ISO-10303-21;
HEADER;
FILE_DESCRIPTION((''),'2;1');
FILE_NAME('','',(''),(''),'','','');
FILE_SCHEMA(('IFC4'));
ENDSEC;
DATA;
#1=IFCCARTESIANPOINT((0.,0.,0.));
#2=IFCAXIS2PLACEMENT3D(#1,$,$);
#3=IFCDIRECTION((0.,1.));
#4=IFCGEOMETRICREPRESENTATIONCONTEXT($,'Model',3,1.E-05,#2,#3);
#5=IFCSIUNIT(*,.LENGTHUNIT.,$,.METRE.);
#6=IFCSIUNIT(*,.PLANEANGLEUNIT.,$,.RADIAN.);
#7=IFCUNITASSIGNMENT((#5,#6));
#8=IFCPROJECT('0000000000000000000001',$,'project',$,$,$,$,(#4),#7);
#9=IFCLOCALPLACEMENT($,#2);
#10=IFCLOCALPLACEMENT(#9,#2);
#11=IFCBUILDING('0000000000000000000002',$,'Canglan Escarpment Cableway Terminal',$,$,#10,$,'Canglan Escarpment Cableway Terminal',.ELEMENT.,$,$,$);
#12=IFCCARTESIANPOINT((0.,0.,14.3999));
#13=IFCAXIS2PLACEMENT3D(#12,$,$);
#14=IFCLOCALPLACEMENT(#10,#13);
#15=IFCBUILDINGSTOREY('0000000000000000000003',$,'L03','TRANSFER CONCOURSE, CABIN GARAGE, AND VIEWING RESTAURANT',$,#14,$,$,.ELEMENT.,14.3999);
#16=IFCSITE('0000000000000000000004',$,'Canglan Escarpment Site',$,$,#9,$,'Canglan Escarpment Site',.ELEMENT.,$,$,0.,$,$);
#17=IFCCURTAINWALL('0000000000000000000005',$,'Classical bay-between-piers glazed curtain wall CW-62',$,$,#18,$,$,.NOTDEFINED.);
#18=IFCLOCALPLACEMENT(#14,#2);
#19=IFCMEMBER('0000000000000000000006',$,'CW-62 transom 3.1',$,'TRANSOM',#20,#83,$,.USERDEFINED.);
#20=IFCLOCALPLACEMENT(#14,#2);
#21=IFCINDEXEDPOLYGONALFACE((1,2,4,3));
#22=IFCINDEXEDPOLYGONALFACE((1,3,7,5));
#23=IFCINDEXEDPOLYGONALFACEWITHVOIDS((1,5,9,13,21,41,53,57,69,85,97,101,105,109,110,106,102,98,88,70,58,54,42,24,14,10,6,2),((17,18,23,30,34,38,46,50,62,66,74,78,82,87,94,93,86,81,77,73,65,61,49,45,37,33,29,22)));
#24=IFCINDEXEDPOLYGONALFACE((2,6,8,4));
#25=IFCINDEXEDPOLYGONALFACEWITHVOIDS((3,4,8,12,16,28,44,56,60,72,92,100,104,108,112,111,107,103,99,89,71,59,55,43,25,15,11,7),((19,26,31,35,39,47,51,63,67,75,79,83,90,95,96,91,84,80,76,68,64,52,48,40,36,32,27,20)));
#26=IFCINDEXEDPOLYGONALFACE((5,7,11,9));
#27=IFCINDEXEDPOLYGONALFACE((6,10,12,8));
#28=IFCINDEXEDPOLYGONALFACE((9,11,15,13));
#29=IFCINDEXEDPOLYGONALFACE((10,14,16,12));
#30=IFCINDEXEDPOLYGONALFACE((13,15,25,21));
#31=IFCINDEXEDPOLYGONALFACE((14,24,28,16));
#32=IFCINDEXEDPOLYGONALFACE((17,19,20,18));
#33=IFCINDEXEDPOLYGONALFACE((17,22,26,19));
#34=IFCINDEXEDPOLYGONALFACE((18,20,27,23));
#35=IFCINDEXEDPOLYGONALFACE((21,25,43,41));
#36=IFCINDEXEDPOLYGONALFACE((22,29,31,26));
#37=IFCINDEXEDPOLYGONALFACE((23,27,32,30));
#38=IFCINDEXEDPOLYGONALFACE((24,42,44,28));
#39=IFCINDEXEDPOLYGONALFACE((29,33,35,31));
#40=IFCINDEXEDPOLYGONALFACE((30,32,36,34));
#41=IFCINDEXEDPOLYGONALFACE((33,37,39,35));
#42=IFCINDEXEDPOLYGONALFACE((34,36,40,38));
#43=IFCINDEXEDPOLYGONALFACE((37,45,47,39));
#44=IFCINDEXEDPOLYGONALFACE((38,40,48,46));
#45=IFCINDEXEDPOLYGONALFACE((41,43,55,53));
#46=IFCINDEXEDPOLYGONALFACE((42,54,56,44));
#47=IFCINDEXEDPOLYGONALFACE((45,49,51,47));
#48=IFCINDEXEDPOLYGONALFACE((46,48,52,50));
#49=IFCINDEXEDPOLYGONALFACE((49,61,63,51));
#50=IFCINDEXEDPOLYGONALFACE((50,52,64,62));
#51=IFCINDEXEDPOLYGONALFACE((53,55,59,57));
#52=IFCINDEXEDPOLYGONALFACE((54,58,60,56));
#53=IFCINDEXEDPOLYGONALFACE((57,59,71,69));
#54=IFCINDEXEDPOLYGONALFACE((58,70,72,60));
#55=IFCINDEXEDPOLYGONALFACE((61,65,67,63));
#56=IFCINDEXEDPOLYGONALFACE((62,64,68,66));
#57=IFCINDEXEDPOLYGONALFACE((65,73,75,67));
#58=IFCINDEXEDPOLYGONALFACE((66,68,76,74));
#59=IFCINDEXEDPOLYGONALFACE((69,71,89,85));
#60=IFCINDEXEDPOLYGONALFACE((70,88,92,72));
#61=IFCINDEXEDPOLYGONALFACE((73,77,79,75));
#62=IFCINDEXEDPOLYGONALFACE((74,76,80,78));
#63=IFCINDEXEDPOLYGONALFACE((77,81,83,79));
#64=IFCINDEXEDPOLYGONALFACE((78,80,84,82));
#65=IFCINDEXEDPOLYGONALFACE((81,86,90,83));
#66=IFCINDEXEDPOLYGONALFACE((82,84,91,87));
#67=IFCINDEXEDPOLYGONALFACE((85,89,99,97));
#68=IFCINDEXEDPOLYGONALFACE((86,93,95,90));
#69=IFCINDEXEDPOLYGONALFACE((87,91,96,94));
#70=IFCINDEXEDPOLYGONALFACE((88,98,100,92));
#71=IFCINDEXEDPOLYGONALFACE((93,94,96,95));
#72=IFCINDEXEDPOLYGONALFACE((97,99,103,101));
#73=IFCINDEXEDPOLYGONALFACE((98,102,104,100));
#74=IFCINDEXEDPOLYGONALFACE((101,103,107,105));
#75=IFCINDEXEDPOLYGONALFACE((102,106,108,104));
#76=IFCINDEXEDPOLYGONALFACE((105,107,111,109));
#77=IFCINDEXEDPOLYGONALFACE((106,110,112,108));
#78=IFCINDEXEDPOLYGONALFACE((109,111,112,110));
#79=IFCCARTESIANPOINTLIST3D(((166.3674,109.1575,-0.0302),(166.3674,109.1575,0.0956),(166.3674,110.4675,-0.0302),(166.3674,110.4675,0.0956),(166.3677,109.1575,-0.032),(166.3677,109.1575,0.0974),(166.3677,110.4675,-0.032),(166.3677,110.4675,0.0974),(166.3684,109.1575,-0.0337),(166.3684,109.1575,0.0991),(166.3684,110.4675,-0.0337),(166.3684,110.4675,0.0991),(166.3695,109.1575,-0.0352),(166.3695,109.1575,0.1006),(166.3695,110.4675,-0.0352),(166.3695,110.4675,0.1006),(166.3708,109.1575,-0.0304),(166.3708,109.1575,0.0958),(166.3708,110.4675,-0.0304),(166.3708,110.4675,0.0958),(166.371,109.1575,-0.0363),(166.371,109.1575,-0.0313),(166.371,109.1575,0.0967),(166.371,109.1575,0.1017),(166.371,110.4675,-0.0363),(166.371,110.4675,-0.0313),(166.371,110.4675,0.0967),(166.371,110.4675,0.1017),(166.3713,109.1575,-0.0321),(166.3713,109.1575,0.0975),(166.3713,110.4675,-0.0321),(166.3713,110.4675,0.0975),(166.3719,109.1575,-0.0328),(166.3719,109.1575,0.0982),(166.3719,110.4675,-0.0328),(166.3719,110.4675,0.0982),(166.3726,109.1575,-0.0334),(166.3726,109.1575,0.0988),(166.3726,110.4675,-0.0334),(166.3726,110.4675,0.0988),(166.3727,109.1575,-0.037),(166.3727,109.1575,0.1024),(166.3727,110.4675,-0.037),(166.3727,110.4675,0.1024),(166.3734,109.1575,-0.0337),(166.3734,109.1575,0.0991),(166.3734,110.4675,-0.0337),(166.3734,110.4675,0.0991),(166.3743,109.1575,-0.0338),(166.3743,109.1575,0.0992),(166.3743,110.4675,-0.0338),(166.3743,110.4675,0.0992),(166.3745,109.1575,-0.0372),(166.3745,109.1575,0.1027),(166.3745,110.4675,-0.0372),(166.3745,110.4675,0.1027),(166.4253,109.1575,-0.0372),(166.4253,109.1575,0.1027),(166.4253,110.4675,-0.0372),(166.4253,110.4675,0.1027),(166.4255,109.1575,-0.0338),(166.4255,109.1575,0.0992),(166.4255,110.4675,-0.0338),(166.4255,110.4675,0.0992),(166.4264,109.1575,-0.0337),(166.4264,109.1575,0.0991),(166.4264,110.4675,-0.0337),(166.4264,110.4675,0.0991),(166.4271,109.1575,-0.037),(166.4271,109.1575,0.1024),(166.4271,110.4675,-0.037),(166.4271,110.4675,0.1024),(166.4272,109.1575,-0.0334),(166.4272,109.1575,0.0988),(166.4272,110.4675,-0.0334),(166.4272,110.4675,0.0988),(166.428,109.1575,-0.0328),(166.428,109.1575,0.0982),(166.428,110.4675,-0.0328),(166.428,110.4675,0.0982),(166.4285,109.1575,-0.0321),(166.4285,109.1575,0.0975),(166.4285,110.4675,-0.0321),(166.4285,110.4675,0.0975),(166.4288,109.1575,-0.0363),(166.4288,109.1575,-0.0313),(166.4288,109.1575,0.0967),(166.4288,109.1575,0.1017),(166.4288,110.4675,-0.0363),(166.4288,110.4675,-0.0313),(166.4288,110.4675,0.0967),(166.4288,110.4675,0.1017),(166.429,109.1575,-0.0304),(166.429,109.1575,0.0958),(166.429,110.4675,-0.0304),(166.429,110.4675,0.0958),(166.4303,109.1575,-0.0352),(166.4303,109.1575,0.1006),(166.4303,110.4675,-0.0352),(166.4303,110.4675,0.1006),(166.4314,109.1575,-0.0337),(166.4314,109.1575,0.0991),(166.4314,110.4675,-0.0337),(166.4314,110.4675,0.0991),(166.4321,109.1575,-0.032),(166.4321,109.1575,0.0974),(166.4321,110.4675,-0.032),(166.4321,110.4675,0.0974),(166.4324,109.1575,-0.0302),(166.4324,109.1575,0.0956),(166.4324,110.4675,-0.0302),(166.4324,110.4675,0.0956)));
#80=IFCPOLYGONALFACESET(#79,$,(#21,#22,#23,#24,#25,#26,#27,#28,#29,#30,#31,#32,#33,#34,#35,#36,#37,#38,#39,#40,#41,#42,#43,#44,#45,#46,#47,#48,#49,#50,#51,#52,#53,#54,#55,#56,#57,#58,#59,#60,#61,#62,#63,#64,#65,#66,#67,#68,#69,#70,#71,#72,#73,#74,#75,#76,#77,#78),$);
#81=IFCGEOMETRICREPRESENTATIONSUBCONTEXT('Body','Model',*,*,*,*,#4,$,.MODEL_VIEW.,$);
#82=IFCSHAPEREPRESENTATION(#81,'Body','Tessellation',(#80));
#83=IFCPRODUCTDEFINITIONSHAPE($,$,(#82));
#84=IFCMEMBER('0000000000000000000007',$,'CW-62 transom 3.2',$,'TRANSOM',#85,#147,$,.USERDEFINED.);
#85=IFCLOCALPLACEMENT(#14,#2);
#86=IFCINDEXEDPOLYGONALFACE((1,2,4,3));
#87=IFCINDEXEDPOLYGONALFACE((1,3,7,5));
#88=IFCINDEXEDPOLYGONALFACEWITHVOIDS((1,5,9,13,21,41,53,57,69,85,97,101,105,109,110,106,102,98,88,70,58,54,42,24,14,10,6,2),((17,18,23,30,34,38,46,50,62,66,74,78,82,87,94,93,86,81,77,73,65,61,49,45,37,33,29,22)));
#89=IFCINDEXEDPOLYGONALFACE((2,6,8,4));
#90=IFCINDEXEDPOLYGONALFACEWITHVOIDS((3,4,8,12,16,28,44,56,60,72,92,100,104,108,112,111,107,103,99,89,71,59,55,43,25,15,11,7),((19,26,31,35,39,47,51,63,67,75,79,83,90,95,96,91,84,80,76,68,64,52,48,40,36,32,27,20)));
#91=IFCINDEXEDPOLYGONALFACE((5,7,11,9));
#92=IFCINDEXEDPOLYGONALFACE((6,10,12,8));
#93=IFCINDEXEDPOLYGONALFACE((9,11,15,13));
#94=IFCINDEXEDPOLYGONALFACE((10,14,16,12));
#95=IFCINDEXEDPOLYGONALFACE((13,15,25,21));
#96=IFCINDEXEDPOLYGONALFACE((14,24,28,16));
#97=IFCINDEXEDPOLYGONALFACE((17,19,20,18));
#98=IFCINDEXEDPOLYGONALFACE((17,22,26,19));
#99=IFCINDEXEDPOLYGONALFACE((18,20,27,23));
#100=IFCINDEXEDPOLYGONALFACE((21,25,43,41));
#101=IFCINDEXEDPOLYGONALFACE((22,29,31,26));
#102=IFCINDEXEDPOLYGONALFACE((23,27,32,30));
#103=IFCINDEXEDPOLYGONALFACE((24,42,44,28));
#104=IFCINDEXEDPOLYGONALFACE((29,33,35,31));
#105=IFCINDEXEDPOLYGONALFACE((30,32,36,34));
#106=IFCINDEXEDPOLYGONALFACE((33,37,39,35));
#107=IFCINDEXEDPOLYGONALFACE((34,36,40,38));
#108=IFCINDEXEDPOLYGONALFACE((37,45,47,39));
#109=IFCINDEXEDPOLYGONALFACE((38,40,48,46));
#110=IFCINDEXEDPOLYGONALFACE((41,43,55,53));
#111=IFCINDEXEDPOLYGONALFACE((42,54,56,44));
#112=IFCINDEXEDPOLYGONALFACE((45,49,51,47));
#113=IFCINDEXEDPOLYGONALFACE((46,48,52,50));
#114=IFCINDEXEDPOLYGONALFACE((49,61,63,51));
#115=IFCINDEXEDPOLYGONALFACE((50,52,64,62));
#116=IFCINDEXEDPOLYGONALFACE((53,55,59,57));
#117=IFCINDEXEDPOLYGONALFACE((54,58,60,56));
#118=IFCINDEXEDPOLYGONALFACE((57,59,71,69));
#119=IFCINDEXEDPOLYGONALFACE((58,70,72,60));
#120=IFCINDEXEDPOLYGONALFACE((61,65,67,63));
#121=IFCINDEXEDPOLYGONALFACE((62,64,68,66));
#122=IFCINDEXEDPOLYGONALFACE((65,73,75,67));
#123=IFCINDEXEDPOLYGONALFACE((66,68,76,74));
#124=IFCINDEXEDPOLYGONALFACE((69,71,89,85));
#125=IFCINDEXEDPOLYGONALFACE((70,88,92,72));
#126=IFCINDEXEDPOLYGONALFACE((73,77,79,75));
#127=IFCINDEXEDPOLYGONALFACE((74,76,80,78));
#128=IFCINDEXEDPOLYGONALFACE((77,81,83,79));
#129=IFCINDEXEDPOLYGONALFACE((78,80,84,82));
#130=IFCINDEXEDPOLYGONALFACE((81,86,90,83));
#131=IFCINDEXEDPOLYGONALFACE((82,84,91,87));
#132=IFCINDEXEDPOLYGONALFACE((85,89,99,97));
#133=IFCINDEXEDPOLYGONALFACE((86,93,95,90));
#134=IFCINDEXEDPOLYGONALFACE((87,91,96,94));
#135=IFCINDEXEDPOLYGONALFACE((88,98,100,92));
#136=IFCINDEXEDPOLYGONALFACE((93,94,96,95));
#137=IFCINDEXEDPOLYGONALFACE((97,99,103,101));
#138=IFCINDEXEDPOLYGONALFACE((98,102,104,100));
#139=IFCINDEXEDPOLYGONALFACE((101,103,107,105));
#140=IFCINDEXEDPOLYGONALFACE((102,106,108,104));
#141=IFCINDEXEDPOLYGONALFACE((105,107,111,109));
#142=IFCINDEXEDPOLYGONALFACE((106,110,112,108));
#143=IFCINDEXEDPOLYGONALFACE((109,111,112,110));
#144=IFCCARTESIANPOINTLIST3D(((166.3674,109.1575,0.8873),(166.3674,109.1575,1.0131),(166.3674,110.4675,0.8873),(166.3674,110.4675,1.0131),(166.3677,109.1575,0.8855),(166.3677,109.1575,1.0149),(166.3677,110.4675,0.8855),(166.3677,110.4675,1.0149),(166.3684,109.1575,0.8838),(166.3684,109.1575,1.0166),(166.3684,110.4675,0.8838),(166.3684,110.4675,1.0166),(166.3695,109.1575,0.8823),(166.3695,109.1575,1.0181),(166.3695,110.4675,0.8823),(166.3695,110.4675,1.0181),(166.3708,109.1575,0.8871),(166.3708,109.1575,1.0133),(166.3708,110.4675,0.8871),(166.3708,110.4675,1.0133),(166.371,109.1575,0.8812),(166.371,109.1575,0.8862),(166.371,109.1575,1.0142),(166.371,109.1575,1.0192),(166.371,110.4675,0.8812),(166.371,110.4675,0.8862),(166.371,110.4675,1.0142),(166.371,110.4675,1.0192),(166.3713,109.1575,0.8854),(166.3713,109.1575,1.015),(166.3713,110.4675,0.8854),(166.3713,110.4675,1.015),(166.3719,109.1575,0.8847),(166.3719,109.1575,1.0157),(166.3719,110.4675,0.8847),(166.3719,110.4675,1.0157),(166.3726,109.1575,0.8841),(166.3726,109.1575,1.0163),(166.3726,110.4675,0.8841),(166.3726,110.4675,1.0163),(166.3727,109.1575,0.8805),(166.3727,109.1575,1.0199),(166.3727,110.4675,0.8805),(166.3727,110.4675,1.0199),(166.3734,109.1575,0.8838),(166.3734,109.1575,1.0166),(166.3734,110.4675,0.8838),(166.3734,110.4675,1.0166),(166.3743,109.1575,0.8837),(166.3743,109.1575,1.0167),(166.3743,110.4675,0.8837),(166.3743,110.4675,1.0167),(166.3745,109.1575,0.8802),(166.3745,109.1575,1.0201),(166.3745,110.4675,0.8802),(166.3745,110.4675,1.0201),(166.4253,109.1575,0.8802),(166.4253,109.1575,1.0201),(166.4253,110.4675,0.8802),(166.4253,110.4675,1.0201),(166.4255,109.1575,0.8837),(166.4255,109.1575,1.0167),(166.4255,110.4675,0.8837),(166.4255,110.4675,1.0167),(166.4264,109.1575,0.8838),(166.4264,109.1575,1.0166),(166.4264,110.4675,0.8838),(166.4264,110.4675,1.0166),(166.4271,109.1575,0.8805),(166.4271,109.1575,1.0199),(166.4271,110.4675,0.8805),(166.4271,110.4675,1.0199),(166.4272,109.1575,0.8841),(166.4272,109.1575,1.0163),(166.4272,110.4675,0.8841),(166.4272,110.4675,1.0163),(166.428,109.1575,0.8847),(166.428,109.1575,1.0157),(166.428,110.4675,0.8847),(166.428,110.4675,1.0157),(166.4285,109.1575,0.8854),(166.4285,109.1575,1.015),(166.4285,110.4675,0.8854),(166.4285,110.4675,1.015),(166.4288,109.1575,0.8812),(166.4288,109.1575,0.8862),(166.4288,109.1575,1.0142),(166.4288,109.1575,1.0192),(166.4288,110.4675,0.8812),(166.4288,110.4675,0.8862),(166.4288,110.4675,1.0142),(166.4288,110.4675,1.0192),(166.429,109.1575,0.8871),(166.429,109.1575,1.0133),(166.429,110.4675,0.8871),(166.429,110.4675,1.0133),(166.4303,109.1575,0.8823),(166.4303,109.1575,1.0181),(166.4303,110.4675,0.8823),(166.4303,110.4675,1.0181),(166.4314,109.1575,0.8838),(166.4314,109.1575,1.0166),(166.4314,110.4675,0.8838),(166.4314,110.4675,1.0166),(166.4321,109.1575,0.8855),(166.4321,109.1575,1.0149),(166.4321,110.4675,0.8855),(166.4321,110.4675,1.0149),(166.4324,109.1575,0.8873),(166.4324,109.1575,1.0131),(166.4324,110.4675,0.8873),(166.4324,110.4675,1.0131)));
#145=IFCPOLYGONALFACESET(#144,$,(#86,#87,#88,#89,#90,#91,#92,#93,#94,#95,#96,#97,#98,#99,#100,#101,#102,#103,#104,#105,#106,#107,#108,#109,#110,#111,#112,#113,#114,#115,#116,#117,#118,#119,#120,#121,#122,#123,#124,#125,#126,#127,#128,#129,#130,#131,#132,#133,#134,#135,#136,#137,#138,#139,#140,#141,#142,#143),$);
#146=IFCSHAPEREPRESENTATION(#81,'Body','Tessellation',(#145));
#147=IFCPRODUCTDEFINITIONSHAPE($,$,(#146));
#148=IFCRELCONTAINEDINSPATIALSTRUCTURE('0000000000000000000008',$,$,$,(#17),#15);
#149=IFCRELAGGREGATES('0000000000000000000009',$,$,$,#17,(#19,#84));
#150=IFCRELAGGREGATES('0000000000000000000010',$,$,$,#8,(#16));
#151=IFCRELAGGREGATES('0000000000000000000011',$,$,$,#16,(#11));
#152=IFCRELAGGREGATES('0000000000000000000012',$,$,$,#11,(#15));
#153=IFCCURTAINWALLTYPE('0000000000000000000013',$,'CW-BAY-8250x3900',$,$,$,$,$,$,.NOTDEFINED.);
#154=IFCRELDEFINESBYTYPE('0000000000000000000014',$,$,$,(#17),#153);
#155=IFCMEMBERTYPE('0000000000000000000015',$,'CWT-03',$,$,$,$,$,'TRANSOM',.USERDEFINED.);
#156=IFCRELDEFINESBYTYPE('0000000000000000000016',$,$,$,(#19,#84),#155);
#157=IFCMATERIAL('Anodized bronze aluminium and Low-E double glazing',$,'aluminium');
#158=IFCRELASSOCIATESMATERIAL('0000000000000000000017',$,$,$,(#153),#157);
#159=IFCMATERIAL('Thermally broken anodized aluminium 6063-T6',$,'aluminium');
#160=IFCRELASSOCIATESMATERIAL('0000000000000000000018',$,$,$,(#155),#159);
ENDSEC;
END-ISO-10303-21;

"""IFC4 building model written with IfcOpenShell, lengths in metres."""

from ifc_helpers import new_model, si_unit, direction, frame, origin, origin_2d, place, context, subcontext, project, spatial, hollow_rectangle, extrude, material, material_profile, profile_set, type_object, element, aggregate, save


model = new_model("IFC4")

# Units and contexts
model_context = context("Model", 3, precision=1e-05, world=origin(), true_north=direction((0.0, 1.0)))
body_context = subcontext(model_context, "Body", "Model", "MODEL_VIEW")
ifc_project = project(units=[si_unit("LENGTHUNIT", "METRE"), si_unit("PLANEANGLEUNIT", "RADIAN")], contexts=[model_context])

# Site, building, storey
site_placement = place(None, origin())
site = spatial("IfcSite", under=ifc_project, at=site_placement, Name="Canglan Escarpment Site", LongName="Canglan Escarpment Site", CompositionType="ELEMENT", RefElevation=0.0)
building_placement = place(site_placement, origin())
building = spatial("IfcBuilding", under=site, at=building_placement, Name="Canglan Escarpment Cableway Terminal", LongName="Canglan Escarpment Cableway Terminal", CompositionType="ELEMENT")
storey_placement = place(building_placement, frame((0.0, 0.0, 14.3999)))
storey = spatial("IfcBuildingStorey", under=building, at=storey_placement, Name="L03", Description="TRANSFER CONCOURSE, CABIN GARAGE, AND VIEWING RESTAURANT", CompositionType="ELEMENT", Elevation=14.3999)

# Curtain wall, members
ifc_material_1 = material(Name="Anodized bronze aluminium and Low-E double glazing", Category="aluminium")
curtain_wall_type = type_object("IfcCurtainWallType", Name="CW-BAY-8250x3900", PredefinedType="NOTDEFINED", material=ifc_material_1)
curtain_wall_placement = place(storey_placement, origin())
curtain_wall = element("IfcCurtainWall", 1, at=curtain_wall_placement, inside=storey, type_object=curtain_wall_type, Name="Classical bay-between-piers glazed curtain wall CW-62", PredefinedType="NOTDEFINED")
ifc_material_2 = material(Name="Thermally broken anodized aluminium 6063-T6", Category="aluminium")
ifc_material_profile_1 = material_profile(ifc_material_2, hollow_rectangle(XDim=0.0649, YDim=0.1399, WallThickness=0.0034, InnerFilletRadius=0.0034, OuterFilletRadius=0.0071, at=origin_2d()), Name="ALU-TRAN 65x140x3.5")
ifc_profile_set_1 = profile_set([ifc_material_profile_1], Name="Thermally broken anodized aluminium 6063-T6")
member_type_1 = type_object("IfcMemberType", Name="CWT-03", ElementType="TRANSOM", PredefinedType="USERDEFINED", material=ifc_profile_set_1)
member_1_placement = place(storey_placement, frame((166.3999, 109.1575, 0.0327), z_axis=(0.0, 1.0, 0.0), x_axis=(-1.0, 0.0, 0.0)))
member_1 = element("IfcMember", 2, at=member_1_placement, type_object=member_type_1, Name="CW-62 transom 3.1", ObjectType="TRANSOM", PredefinedType="USERDEFINED", context=body_context, shape_type="SweptSolid", body=[
    extrude(hollow_rectangle(XDim=0.0649, YDim=0.1399, WallThickness=0.0034, InnerFilletRadius=0.0034, OuterFilletRadius=0.0071, at=origin_2d()), origin(), (0.0, 0.0, 1.0), 1.3101),
])
member_2_placement = place(storey_placement, frame((166.3999, 109.1575, 0.9502), z_axis=(0.0, 1.0, 0.0), x_axis=(-1.0, 0.0, 0.0)))
member_2 = element("IfcMember", 3, at=member_2_placement, type_object=member_type_1, Name="CW-62 transom 3.2", ObjectType="TRANSOM", PredefinedType="USERDEFINED", context=body_context, shape_type="SweptSolid", body=[
    extrude(hollow_rectangle(XDim=0.0649, YDim=0.1399, WallThickness=0.0034, InnerFilletRadius=0.0034, OuterFilletRadius=0.0071, at=origin_2d()), origin(), (0.0, 0.0, 1.0), 1.3101),
])
aggregate(curtain_wall, [member_1, member_2])

save(model, "model.ifc")
